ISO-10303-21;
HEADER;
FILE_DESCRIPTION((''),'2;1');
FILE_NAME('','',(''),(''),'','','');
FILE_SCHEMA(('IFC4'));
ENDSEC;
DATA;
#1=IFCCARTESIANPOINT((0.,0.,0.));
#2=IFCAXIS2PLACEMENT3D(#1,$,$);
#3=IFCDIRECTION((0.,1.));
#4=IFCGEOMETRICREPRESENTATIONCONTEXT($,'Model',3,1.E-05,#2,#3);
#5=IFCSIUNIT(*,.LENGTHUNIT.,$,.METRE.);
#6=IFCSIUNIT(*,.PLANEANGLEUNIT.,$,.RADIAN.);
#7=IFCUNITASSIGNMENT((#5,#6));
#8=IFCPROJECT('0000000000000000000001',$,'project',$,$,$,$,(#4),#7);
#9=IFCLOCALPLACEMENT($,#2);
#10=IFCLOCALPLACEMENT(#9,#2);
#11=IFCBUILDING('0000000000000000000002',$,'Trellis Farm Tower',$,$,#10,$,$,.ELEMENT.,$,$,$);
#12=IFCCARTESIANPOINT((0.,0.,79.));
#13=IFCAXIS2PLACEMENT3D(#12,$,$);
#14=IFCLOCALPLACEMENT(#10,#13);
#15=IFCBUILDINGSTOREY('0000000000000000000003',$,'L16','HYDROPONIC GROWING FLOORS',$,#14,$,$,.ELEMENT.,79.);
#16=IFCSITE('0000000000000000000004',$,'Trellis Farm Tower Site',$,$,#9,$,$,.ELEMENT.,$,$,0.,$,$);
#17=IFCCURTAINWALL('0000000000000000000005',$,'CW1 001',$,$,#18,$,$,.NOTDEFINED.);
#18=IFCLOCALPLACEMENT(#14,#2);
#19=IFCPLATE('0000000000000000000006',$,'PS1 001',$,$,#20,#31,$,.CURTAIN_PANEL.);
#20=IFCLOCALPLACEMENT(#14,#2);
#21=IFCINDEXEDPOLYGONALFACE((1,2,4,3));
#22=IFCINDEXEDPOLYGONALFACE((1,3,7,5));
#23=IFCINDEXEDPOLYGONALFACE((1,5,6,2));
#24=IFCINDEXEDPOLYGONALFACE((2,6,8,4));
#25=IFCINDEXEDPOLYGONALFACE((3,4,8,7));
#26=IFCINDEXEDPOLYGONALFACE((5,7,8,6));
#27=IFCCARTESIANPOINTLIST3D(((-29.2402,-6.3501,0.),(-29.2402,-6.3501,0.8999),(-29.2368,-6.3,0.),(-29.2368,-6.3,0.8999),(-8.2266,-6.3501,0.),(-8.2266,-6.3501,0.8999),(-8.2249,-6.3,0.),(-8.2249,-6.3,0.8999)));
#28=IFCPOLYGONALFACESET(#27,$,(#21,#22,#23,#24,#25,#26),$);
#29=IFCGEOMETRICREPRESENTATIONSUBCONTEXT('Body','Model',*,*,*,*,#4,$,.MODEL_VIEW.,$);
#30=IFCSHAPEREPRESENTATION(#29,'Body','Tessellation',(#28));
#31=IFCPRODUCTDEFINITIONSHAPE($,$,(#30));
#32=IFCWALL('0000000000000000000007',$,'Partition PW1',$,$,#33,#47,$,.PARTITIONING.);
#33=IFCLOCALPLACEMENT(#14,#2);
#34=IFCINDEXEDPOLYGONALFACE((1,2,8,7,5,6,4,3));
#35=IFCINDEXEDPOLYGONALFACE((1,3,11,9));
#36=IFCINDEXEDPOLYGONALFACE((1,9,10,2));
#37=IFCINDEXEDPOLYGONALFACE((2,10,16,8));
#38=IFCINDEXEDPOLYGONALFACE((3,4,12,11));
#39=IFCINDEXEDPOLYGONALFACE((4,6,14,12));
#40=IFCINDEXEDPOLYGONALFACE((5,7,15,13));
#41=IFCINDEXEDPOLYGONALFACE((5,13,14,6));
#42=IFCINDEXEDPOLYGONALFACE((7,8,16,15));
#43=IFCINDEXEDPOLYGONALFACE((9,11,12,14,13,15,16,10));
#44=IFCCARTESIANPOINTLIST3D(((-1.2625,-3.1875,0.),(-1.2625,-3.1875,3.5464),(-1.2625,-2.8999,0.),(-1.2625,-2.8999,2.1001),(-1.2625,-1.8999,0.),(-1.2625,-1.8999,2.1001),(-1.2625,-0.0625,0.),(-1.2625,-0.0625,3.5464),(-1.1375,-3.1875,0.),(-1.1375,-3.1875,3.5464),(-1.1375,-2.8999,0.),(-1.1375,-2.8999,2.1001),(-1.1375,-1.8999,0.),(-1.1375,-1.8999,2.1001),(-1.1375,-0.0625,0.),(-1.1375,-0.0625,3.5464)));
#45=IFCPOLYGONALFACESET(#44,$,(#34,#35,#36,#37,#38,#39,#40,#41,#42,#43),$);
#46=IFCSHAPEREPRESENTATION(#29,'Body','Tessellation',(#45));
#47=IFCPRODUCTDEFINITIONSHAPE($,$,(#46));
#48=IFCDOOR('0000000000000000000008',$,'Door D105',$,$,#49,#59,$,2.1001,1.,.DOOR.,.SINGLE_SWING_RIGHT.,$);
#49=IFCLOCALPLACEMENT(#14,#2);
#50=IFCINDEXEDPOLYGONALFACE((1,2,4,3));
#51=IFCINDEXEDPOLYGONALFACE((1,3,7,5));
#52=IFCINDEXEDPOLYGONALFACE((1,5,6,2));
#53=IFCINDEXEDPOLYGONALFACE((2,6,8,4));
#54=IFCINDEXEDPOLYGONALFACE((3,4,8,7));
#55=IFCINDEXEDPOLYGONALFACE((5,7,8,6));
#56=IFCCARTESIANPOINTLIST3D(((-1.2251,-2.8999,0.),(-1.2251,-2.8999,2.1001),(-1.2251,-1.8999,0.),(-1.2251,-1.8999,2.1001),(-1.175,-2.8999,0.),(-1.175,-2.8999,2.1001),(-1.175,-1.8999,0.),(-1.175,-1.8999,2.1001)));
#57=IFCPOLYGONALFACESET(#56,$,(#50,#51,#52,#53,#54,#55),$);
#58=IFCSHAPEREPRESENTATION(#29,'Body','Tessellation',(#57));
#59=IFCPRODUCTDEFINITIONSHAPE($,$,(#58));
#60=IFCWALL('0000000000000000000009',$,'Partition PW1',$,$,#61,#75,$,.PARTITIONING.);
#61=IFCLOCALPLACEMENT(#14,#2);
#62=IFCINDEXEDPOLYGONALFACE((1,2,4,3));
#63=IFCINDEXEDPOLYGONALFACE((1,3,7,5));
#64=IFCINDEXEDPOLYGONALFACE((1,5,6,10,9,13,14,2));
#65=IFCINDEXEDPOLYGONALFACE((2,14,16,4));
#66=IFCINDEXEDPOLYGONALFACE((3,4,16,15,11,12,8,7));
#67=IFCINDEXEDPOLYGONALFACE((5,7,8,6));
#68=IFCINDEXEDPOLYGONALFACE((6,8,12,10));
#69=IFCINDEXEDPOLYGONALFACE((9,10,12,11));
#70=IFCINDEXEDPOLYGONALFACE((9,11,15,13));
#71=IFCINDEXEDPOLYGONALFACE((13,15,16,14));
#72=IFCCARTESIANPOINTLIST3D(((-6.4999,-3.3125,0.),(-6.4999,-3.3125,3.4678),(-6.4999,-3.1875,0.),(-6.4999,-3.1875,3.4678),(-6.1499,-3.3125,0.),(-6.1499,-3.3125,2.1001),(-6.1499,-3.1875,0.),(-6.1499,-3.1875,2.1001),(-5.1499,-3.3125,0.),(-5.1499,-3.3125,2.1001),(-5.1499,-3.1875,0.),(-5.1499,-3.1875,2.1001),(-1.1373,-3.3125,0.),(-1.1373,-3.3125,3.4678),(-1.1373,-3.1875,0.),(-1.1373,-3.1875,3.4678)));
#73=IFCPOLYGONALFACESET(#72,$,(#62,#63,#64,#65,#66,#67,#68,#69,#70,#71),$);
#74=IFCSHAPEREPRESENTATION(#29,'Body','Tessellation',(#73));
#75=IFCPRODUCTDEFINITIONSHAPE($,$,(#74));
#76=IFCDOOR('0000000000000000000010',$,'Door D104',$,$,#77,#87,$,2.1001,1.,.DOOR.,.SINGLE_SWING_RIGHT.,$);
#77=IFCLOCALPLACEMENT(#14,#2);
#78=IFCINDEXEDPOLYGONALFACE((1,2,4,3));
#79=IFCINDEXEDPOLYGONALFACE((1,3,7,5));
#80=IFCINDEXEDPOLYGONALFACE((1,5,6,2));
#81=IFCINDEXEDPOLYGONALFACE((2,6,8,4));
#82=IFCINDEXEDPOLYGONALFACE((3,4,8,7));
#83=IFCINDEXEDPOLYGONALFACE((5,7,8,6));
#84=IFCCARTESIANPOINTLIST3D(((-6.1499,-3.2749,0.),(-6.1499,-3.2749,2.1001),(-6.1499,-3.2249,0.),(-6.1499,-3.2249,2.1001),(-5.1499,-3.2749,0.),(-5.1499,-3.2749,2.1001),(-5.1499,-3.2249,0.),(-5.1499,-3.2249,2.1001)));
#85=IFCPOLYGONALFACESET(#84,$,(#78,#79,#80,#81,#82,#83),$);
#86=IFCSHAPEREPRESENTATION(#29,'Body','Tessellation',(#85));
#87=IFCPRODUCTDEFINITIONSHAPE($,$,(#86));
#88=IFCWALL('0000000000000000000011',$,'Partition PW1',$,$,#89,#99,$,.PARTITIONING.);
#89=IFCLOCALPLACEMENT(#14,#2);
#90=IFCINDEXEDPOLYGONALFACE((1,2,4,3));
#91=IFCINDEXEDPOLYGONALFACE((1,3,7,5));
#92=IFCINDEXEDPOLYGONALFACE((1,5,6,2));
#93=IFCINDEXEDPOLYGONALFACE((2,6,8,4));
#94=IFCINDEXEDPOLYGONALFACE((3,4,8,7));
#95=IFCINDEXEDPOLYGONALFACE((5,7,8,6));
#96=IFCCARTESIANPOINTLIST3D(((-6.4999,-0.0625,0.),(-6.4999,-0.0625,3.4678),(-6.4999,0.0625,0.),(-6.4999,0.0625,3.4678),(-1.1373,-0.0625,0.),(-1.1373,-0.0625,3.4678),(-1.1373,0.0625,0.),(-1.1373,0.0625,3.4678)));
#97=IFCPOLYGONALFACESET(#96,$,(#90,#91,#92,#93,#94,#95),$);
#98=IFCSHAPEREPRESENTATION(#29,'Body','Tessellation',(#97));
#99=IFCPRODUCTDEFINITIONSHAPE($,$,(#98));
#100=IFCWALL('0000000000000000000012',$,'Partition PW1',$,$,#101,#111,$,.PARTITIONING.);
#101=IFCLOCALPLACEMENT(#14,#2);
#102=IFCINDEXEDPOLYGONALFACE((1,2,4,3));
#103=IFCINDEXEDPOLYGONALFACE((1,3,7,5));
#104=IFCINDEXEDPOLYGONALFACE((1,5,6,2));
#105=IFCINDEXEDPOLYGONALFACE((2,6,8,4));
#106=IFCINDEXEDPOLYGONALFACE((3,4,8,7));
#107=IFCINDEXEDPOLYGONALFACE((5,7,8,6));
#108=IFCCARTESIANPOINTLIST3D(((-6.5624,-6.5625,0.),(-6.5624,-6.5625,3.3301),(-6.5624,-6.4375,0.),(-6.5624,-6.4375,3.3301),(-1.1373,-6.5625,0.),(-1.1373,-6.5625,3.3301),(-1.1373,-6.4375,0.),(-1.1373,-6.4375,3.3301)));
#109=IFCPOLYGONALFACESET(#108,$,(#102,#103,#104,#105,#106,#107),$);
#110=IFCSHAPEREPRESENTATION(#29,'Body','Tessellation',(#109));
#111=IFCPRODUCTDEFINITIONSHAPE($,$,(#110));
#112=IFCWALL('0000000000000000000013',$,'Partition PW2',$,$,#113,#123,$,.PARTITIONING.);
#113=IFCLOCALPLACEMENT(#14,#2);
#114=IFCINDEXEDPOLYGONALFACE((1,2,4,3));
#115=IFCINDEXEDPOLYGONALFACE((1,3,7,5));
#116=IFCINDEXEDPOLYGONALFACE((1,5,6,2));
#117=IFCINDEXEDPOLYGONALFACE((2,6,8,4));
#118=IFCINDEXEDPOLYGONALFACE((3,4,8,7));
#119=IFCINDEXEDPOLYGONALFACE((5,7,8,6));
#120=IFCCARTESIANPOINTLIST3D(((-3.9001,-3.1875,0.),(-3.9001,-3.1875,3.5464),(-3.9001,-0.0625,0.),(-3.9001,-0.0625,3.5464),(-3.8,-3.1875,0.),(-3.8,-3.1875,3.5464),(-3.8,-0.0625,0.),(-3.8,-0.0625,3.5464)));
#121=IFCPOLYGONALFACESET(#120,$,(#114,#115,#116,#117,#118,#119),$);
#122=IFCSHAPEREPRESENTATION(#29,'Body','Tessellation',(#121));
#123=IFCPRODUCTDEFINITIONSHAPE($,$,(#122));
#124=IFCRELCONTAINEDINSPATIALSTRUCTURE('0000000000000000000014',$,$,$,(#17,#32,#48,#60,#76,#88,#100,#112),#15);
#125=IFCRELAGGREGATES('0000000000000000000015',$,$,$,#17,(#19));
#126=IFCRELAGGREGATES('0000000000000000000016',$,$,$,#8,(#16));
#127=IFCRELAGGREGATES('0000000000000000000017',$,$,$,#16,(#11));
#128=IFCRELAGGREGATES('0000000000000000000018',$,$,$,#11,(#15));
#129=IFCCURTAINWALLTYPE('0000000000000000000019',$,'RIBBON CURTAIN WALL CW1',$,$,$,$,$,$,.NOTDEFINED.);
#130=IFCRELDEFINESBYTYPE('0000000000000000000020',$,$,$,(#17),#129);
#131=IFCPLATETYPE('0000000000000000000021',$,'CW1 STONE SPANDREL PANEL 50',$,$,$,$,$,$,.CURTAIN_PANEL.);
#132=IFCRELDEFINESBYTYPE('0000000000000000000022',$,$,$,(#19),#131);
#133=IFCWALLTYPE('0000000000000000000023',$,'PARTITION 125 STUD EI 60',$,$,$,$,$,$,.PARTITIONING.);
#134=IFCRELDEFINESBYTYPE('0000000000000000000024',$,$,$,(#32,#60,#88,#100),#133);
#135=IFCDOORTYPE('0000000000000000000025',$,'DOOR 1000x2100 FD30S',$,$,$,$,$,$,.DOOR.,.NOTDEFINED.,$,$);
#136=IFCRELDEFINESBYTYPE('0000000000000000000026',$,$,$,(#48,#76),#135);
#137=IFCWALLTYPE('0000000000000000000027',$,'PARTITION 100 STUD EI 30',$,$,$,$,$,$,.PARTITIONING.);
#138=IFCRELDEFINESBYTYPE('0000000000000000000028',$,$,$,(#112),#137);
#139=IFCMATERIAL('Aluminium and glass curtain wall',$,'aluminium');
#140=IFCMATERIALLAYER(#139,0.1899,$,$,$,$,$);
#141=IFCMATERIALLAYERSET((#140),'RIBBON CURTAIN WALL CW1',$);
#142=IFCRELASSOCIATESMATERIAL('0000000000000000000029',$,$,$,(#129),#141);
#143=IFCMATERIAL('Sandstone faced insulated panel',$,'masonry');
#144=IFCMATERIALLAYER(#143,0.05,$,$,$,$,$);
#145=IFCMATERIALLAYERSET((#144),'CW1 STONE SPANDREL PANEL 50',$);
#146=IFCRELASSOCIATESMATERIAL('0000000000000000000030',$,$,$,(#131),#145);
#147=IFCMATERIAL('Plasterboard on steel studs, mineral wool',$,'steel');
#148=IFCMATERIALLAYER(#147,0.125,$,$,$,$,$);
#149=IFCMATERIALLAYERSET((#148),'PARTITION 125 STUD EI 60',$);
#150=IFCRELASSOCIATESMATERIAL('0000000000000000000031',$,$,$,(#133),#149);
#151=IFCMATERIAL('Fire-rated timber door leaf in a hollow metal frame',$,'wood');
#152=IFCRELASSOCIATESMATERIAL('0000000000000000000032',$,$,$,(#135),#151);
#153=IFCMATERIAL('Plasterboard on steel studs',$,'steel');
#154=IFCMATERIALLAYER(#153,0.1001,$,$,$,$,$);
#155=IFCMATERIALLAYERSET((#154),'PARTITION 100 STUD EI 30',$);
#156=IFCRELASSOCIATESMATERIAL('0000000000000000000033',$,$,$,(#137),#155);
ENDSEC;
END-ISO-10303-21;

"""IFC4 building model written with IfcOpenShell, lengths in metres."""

from ifc_helpers import new_model, si_unit, direction, frame, frame_2d, origin, place, context, subcontext, project, spatial, polyline, rectangle, outline, extrude, source, transform, mapped, material, layer, layer_set, type_object, element, fill, aggregate, save


model = new_model("IFC4")

# Units and contexts
model_context = context("Model", 3, precision=1e-05, world=origin(), true_north=direction((0.0, 1.0)))
body_context = subcontext(model_context, "Body", "Model", "MODEL_VIEW")
ifc_project = project(units=[si_unit("LENGTHUNIT", "METRE"), si_unit("PLANEANGLEUNIT", "RADIAN")], contexts=[model_context])

# Site, building, storey
site_placement = place(None, origin())
site = spatial("IfcSite", under=ifc_project, at=site_placement, Name="Trellis Farm Tower Site", CompositionType="ELEMENT", RefElevation=0.0)
building_placement = place(site_placement, origin())
building = spatial("IfcBuilding", under=site, at=building_placement, Name="Trellis Farm Tower", CompositionType="ELEMENT")
storey_placement = place(building_placement, frame((0.0, 0.0, 79.0)))
storey = spatial("IfcBuildingStorey", under=building, at=storey_placement, Name="L16", Description="HYDROPONIC GROWING FLOORS", CompositionType="ELEMENT", Elevation=79.0)

# Shared definitions
placement_1 = place(storey_placement, origin())

# Curtain wall, plate
ifc_material_1 = material(Name="Aluminium and glass curtain wall", Category="aluminium")
ifc_layer_1 = layer(ifc_material_1, 0.1899)
ifc_layer_set_1 = layer_set([ifc_layer_1], Name="RIBBON CURTAIN WALL CW1")
curtain_wall_type = type_object("IfcCurtainWallType", Name="RIBBON CURTAIN WALL CW1", PredefinedType="NOTDEFINED", material=ifc_layer_set_1)
curtain_wall = element("IfcCurtainWall", 1, at=placement_1, inside=storey, type_object=curtain_wall_type, Name="CW1 001", PredefinedType="NOTDEFINED")
ifc_material_2 = material(Name="Sandstone faced insulated panel", Category="masonry")
ifc_layer_2 = layer(ifc_material_2, 0.05)
ifc_layer_set_2 = layer_set([ifc_layer_2], Name="CW1 STONE SPANDREL PANEL 50")
plate_type_1 = type_object("IfcPlateType", Name="CW1 STONE SPANDREL PANEL 50", PredefinedType="CURTAIN_PANEL", material=ifc_layer_set_2)
shared_shape_1 = source(origin(), body_context, "Body", "SweptSolid", [
    extrude(outline(polyline([(-29.2402, -6.3501), (-8.2266, -6.3501), (-8.2249, -6.3), (-29.2368, -6.3), (-29.2402, -6.3501)])), origin(), (0.0, 0.0, 1.0), 0.8999),
])
plate_1 = element("IfcPlate", 2, at=placement_1, type_object=plate_type_1, Name="PS1 001", PredefinedType="CURTAIN_PANEL", context=body_context, shape_type="MappedRepresentation", body=[
    mapped(shared_shape_1, transform((0.0, 0.0, 0.0))),
])
aggregate(curtain_wall, [plate_1])

# Walls, openings, doors
ifc_material_3 = material(Name="Plasterboard on steel studs, mineral wool", Category="steel")
ifc_layer_3 = layer(ifc_material_3, 0.125)
ifc_layer_set_3 = layer_set([ifc_layer_3], Name="PARTITION 125 STUD EI 60")
wall_type_1 = type_object("IfcWallType", Name="PARTITION 125 STUD EI 60", PredefinedType="PARTITIONING", material=ifc_layer_set_3)
shared_shape_2 = source(origin(), body_context, "Body", "SweptSolid", [
    extrude(rectangle(XDim=3.125, YDim=0.125, at=frame_2d((1.5625, 0.0))), origin(), (0.0, 0.0, 1.0), 3.5464),
])
wall_1_placement = place(storey_placement, frame((-1.2, -0.0625, 0.0), z_axis=(0.0, 0.0, 1.0), x_axis=(0.0, -1.0, 0.0)))
wall_1 = element("IfcWall", 3, at=wall_1_placement, inside=storey, type_object=wall_type_1, Name="Partition PW1", PredefinedType="PARTITIONING", context=body_context, shape_type="MappedRepresentation", body=[
    mapped(shared_shape_2, transform((0.0, 0.0, 0.0))),
])
shared_shape_3 = source(origin(), body_context, "Body", "SweptSolid", [
    extrude(rectangle(XDim=1.0, YDim=2.1001, at=frame_2d((0.5, 1.05))), frame((0.0, 0.0725, 0.0), z_axis=(0.0, -1.0, 0.0), x_axis=(1.0, 0.0, 0.0)), (0.0, 0.0, 1.0), 0.145),
])
opening_1_placement = place(wall_1_placement, frame((1.8374, 0.0, 0.0)))
opening_1 = element("IfcOpeningElement", 4, at=opening_1_placement, cuts=wall_1, PredefinedType="OPENING", context=body_context, shape_type="MappedRepresentation", body=[
    mapped(shared_shape_3, transform((0.0, 0.0, 0.0))),
])
ifc_material_4 = material(Name="Fire-rated timber door leaf in a hollow metal frame", Category="wood")
door_type = type_object("IfcDoorType", Name="DOOR 1000x2100 FD30S", OperationType="NOTDEFINED", PredefinedType="DOOR", material=ifc_material_4)
shared_shape_4 = source(origin(), body_context, "Body", "SweptSolid", [
    extrude(rectangle(XDim=1.0, YDim=2.1001, at=frame_2d((0.5, 1.05))), frame((0.0, 0.0249, 0.0), z_axis=(0.0, -1.0, 0.0), x_axis=(1.0, 0.0, 0.0)), (0.0, 0.0, 1.0), 0.05),
])
door_1_placement = place(opening_1_placement, origin())
door_1 = element("IfcDoor", 5, at=door_1_placement, inside=storey, type_object=door_type, Name="Door D105", OperationType="SINGLE_SWING_RIGHT", OverallHeight=2.1001, OverallWidth=1.0, PredefinedType="DOOR", context=body_context, shape_type="MappedRepresentation", body=[
    mapped(shared_shape_4, transform((0.0, 0.0, 0.0))),
])
fill(opening_1, door_1)
shared_shape_5 = source(origin(), body_context, "Body", "SweptSolid", [
    extrude(rectangle(XDim=5.3625, YDim=0.125, at=frame_2d((2.6812, 0.0))), origin(), (0.0, 0.0, 1.0), 3.4678),
])
wall_2_placement = place(storey_placement, frame((-1.1375, -3.25, 0.0), z_axis=(0.0, 0.0, 1.0), x_axis=(-1.0, 0.0, 0.0)))
wall_2 = element("IfcWall", 6, at=wall_2_placement, inside=storey, type_object=wall_type_1, Name="Partition PW1", PredefinedType="PARTITIONING", context=body_context, shape_type="MappedRepresentation", body=[
    mapped(shared_shape_5, transform((0.0, 0.0, 0.0))),
])
opening_2_placement = place(wall_2_placement, frame((4.0125, 0.0, 0.0)))
opening_2 = element("IfcOpeningElement", 7, at=opening_2_placement, cuts=wall_2, PredefinedType="OPENING", context=body_context, shape_type="MappedRepresentation", body=[
    mapped(shared_shape_3, transform((0.0, 0.0, 0.0))),
])
door_2_placement = place(opening_2_placement, origin())
door_2 = element("IfcDoor", 8, at=door_2_placement, inside=storey, type_object=door_type, Name="Door D104", OperationType="SINGLE_SWING_RIGHT", OverallHeight=2.1001, OverallWidth=1.0, PredefinedType="DOOR", context=body_context, shape_type="MappedRepresentation", body=[
    mapped(shared_shape_4, transform((0.0, 0.0, 0.0))),
])
fill(opening_2, door_2)

# Walls
wall_3_placement = place(storey_placement, frame((-1.1375, 0.0, 0.0), z_axis=(0.0, 0.0, 1.0), x_axis=(-1.0, 0.0, 0.0)))
element("IfcWall", 9, at=wall_3_placement, inside=storey, type_object=wall_type_1, Name="Partition PW1", PredefinedType="PARTITIONING", context=body_context, shape_type="MappedRepresentation", body=[
    mapped(shared_shape_5, transform((0.0, 0.0, 0.0))),
])
shared_shape_6 = source(origin(), body_context, "Body", "SweptSolid", [
    extrude(rectangle(XDim=5.425, YDim=0.125, at=frame_2d((2.7124, 0.0))), origin(), (0.0, 0.0, 1.0), 3.3301),
])
wall_4_placement = place(storey_placement, frame((-1.1375, -6.5, 0.0), z_axis=(0.0, 0.0, 1.0), x_axis=(-1.0, 0.0, 0.0)))
element("IfcWall", 10, at=wall_4_placement, inside=storey, type_object=wall_type_1, Name="Partition PW1", PredefinedType="PARTITIONING", context=body_context, shape_type="MappedRepresentation", body=[
    mapped(shared_shape_6, transform((0.0, 0.0, 0.0))),
])
ifc_material_5 = material(Name="Plasterboard on steel studs", Category="steel")
ifc_layer_4 = layer(ifc_material_5, 0.1001)
ifc_layer_set_4 = layer_set([ifc_layer_4], Name="PARTITION 100 STUD EI 30")
wall_type_2 = type_object("IfcWallType", Name="PARTITION 100 STUD EI 30", PredefinedType="PARTITIONING", material=ifc_layer_set_4)
shared_shape_7 = source(origin(), body_context, "Body", "SweptSolid", [
    extrude(rectangle(XDim=3.125, YDim=0.1001, at=frame_2d((1.5625, 0.0))), origin(), (0.0, 0.0, 1.0), 3.5464),
])
wall_5_placement = place(storey_placement, frame((-3.8501, -3.1875, 0.0), z_axis=(0.0, 0.0, 1.0), x_axis=(0.0, 1.0, 0.0)))
element("IfcWall", 11, at=wall_5_placement, inside=storey, type_object=wall_type_2, Name="Partition PW2", PredefinedType="PARTITIONING", context=body_context, shape_type="MappedRepresentation", body=[
    mapped(shared_shape_7, transform((0.0, 0.0, 0.0))),
])

save(model, "model.ifc")
